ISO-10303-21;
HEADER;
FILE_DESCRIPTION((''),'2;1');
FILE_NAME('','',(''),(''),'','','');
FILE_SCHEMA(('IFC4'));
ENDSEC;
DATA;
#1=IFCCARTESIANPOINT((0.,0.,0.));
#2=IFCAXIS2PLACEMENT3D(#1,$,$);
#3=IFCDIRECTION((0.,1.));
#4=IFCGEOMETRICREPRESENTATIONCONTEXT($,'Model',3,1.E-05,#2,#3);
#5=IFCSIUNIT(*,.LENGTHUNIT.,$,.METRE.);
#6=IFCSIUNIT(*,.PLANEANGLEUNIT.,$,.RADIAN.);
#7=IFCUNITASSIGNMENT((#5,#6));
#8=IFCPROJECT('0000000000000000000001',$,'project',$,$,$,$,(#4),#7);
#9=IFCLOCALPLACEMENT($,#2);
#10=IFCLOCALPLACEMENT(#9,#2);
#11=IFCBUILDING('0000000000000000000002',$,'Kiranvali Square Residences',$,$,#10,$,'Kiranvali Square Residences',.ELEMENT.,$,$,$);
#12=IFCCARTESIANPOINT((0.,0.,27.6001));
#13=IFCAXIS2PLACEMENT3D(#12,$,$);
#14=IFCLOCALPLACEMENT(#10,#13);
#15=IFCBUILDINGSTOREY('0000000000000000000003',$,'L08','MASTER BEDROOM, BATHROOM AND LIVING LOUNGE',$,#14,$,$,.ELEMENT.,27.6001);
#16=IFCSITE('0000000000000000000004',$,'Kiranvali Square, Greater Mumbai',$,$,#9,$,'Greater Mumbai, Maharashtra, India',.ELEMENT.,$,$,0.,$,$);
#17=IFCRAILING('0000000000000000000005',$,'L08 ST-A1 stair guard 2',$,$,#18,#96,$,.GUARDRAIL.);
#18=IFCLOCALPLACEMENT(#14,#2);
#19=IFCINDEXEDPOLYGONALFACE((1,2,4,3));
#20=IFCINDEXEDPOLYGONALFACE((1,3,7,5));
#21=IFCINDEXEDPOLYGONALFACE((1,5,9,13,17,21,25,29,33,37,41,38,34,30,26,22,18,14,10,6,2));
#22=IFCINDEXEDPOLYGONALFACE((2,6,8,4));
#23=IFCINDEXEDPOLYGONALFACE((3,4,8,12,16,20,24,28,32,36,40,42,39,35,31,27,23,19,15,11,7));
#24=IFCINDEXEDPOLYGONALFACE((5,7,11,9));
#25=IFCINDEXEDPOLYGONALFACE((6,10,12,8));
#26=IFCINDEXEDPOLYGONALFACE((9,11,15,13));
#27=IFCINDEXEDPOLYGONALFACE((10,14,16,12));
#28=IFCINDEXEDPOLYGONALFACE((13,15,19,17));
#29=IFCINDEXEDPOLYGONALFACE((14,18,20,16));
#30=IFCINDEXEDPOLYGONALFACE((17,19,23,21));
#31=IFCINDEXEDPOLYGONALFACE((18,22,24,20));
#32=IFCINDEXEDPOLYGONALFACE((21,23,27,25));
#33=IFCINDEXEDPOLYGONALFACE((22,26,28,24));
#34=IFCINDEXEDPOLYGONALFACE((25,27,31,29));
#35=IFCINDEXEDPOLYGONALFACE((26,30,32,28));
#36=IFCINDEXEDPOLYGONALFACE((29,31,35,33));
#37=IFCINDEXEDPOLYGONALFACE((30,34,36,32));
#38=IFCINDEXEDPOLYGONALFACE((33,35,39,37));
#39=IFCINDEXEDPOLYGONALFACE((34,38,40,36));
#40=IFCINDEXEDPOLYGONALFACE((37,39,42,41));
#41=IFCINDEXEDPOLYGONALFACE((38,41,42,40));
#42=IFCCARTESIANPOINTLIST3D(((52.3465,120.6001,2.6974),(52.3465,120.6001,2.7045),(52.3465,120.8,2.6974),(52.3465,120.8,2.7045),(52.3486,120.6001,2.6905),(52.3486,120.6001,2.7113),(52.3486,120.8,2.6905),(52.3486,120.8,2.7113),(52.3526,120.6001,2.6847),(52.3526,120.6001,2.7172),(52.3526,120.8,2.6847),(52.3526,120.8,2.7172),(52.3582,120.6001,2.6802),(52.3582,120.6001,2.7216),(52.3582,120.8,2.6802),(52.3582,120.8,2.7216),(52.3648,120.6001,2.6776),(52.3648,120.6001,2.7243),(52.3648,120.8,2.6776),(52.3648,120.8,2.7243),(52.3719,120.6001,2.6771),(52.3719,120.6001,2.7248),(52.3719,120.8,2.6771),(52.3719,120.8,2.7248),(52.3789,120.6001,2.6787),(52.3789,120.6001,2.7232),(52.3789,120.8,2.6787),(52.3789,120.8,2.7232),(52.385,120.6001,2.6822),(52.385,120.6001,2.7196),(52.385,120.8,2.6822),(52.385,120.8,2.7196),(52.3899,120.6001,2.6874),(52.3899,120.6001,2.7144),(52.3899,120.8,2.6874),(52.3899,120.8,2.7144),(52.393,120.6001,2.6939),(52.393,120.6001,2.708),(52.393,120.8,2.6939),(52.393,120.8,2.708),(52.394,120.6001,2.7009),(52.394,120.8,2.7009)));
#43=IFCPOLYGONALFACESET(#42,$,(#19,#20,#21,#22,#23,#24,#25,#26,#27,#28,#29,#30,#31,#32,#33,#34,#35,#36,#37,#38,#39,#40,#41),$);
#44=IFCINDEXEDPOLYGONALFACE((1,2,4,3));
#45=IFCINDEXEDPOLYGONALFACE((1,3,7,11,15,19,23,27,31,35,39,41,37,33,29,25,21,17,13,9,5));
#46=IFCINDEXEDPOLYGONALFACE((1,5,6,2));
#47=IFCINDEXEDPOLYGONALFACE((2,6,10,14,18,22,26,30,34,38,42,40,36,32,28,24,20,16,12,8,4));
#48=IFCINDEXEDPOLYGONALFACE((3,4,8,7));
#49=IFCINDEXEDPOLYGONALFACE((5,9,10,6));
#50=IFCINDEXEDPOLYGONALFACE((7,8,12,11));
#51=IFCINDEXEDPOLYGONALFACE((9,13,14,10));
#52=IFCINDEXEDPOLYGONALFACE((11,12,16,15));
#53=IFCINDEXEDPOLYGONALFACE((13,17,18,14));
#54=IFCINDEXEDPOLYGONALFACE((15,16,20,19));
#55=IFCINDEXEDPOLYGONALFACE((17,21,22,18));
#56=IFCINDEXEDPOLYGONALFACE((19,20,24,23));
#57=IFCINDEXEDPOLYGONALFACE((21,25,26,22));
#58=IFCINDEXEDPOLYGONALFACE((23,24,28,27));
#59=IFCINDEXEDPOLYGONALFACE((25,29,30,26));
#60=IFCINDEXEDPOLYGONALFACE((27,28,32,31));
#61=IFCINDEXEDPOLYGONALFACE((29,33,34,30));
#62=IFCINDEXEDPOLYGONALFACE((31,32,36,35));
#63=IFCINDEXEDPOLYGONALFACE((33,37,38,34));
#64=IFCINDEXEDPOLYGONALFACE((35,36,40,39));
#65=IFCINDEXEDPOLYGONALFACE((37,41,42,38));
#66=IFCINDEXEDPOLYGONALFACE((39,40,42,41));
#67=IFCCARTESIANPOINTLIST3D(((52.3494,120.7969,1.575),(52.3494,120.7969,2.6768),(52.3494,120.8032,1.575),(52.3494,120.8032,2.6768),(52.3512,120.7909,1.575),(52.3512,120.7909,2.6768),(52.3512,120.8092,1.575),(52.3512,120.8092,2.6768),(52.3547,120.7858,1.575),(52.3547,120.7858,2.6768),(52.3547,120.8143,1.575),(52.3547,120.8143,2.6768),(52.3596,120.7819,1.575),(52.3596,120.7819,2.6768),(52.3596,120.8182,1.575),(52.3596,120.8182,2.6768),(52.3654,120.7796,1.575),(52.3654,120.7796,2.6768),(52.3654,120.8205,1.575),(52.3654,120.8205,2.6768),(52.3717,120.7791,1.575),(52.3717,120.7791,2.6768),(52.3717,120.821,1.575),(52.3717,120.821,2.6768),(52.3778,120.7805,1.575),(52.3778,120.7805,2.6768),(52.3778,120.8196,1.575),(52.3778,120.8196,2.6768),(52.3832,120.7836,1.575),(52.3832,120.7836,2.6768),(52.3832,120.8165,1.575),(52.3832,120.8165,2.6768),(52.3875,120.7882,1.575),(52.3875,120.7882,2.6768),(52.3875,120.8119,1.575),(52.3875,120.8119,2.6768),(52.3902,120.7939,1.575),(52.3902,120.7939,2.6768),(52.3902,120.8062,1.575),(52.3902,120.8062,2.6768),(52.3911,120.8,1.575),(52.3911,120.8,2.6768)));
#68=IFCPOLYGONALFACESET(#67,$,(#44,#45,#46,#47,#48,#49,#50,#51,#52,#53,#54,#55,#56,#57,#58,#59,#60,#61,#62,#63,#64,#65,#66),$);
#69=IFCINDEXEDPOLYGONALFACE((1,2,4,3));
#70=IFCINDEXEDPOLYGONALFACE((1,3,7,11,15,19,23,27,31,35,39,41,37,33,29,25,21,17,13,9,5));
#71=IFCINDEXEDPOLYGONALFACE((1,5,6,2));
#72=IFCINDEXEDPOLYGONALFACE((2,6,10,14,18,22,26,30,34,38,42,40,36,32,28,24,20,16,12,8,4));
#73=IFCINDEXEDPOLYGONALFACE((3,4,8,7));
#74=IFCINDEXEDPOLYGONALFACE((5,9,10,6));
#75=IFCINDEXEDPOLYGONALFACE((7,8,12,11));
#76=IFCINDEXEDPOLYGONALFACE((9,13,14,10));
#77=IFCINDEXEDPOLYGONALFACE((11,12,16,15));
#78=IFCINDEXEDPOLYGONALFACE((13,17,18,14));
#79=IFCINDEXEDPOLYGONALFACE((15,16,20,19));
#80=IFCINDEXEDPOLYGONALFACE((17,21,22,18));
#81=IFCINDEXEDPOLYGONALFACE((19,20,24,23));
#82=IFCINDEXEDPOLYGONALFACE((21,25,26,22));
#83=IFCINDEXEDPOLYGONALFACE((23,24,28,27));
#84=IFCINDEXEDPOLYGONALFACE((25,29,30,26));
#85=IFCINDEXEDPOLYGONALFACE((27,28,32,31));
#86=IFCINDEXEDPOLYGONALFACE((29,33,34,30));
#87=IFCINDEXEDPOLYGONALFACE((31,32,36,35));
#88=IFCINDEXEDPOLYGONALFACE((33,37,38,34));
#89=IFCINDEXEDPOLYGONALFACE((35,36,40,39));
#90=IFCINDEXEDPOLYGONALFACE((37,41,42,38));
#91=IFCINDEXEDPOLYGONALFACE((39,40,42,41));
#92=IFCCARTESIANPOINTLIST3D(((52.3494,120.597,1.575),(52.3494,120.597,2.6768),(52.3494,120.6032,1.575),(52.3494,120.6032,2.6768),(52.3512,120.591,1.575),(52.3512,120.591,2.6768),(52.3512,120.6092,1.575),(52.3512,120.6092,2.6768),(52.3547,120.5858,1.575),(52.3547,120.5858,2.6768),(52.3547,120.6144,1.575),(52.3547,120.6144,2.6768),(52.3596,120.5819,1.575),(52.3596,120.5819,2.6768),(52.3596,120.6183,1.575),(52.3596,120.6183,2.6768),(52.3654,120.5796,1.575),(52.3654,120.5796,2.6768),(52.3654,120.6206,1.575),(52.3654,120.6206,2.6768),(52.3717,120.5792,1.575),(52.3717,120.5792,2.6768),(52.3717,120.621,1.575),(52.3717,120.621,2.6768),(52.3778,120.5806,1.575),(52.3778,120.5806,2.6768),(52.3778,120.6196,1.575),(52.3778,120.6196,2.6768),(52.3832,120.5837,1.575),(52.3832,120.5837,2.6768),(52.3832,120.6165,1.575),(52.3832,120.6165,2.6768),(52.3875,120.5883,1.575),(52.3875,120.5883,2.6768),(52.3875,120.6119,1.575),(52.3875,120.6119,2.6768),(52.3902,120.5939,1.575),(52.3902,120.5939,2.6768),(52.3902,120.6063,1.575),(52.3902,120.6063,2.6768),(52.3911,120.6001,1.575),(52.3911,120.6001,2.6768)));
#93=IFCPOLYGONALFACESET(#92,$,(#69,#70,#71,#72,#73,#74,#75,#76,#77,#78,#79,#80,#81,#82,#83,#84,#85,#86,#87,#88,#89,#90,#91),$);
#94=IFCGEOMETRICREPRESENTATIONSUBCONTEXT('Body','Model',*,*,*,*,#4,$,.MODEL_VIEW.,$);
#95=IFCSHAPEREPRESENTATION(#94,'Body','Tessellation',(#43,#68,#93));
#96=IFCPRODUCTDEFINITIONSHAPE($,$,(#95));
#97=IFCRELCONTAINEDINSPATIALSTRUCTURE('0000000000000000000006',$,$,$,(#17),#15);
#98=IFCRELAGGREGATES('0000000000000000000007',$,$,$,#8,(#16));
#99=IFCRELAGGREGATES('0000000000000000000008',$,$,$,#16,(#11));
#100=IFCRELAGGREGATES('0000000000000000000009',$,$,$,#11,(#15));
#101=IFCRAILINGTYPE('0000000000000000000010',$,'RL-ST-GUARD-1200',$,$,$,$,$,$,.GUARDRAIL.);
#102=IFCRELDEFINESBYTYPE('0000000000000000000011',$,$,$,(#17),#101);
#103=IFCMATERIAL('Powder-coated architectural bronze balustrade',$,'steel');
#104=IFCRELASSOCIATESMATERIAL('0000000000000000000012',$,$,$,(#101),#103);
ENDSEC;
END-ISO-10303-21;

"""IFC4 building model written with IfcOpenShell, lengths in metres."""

from ifc_helpers import new_model, si_unit, direction, frame, origin, origin_2d, place, context, subcontext, project, spatial, circle, extrude, material, type_object, element, save


model = new_model("IFC4")

# Units and contexts
model_context = context("Model", 3, precision=1e-05, world=origin(), true_north=direction((0.0, 1.0)))
body_context = subcontext(model_context, "Body", "Model", "MODEL_VIEW")
ifc_project = project(units=[si_unit("LENGTHUNIT", "METRE"), si_unit("PLANEANGLEUNIT", "RADIAN")], contexts=[model_context])

# Site, building, storey
site_placement = place(None, origin())
site = spatial("IfcSite", under=ifc_project, at=site_placement, Name="Kiranvali Square, Greater Mumbai", LongName="Greater Mumbai, Maharashtra, India", CompositionType="ELEMENT", RefElevation=0.0)
building_placement = place(site_placement, origin())
building = spatial("IfcBuilding", under=site, at=building_placement, Name="Kiranvali Square Residences", LongName="Kiranvali Square Residences", CompositionType="ELEMENT")
storey_placement = place(building_placement, frame((0.0, 0.0, 27.6001)))
storey = spatial("IfcBuildingStorey", under=building, at=storey_placement, Name="L08", Description="MASTER BEDROOM, BATHROOM AND LIVING LOUNGE", CompositionType="ELEMENT", Elevation=27.6001)

# Railing
ifc_material_1 = material(Name="Powder-coated architectural bronze balustrade", Category="steel")
railing_type_1 = type_object("IfcRailingType", Name="RL-ST-GUARD-1200", PredefinedType="GUARDRAIL", material=ifc_material_1)
railing_1_placement = place(storey_placement, frame((52.3701, 120.8, 1.575)))
element("IfcRailing", 1, at=railing_1_placement, inside=storey, type_object=railing_type_1, Name="L08 ST-A1 stair guard 2", PredefinedType="GUARDRAIL", context=body_context, shape_type="SweptSolid", body=[
    extrude(circle(Radius=0.0239, at=origin_2d()), frame((0.0, 0.0, 1.126), z_axis=(0.0, -1.0, 0.0), x_axis=(1.0, 0.0, 0.0)), (0.0, 0.0, 1.0), 0.2),
    extrude(circle(Radius=0.021, at=origin_2d()), origin(), (0.0, 0.0, 1.0), 1.1018),
    extrude(circle(Radius=0.021, at=origin_2d()), frame((0.0, -0.2, 0.0)), (0.0, 0.0, 1.0), 1.1018),
])

save(model, "model.ifc")
